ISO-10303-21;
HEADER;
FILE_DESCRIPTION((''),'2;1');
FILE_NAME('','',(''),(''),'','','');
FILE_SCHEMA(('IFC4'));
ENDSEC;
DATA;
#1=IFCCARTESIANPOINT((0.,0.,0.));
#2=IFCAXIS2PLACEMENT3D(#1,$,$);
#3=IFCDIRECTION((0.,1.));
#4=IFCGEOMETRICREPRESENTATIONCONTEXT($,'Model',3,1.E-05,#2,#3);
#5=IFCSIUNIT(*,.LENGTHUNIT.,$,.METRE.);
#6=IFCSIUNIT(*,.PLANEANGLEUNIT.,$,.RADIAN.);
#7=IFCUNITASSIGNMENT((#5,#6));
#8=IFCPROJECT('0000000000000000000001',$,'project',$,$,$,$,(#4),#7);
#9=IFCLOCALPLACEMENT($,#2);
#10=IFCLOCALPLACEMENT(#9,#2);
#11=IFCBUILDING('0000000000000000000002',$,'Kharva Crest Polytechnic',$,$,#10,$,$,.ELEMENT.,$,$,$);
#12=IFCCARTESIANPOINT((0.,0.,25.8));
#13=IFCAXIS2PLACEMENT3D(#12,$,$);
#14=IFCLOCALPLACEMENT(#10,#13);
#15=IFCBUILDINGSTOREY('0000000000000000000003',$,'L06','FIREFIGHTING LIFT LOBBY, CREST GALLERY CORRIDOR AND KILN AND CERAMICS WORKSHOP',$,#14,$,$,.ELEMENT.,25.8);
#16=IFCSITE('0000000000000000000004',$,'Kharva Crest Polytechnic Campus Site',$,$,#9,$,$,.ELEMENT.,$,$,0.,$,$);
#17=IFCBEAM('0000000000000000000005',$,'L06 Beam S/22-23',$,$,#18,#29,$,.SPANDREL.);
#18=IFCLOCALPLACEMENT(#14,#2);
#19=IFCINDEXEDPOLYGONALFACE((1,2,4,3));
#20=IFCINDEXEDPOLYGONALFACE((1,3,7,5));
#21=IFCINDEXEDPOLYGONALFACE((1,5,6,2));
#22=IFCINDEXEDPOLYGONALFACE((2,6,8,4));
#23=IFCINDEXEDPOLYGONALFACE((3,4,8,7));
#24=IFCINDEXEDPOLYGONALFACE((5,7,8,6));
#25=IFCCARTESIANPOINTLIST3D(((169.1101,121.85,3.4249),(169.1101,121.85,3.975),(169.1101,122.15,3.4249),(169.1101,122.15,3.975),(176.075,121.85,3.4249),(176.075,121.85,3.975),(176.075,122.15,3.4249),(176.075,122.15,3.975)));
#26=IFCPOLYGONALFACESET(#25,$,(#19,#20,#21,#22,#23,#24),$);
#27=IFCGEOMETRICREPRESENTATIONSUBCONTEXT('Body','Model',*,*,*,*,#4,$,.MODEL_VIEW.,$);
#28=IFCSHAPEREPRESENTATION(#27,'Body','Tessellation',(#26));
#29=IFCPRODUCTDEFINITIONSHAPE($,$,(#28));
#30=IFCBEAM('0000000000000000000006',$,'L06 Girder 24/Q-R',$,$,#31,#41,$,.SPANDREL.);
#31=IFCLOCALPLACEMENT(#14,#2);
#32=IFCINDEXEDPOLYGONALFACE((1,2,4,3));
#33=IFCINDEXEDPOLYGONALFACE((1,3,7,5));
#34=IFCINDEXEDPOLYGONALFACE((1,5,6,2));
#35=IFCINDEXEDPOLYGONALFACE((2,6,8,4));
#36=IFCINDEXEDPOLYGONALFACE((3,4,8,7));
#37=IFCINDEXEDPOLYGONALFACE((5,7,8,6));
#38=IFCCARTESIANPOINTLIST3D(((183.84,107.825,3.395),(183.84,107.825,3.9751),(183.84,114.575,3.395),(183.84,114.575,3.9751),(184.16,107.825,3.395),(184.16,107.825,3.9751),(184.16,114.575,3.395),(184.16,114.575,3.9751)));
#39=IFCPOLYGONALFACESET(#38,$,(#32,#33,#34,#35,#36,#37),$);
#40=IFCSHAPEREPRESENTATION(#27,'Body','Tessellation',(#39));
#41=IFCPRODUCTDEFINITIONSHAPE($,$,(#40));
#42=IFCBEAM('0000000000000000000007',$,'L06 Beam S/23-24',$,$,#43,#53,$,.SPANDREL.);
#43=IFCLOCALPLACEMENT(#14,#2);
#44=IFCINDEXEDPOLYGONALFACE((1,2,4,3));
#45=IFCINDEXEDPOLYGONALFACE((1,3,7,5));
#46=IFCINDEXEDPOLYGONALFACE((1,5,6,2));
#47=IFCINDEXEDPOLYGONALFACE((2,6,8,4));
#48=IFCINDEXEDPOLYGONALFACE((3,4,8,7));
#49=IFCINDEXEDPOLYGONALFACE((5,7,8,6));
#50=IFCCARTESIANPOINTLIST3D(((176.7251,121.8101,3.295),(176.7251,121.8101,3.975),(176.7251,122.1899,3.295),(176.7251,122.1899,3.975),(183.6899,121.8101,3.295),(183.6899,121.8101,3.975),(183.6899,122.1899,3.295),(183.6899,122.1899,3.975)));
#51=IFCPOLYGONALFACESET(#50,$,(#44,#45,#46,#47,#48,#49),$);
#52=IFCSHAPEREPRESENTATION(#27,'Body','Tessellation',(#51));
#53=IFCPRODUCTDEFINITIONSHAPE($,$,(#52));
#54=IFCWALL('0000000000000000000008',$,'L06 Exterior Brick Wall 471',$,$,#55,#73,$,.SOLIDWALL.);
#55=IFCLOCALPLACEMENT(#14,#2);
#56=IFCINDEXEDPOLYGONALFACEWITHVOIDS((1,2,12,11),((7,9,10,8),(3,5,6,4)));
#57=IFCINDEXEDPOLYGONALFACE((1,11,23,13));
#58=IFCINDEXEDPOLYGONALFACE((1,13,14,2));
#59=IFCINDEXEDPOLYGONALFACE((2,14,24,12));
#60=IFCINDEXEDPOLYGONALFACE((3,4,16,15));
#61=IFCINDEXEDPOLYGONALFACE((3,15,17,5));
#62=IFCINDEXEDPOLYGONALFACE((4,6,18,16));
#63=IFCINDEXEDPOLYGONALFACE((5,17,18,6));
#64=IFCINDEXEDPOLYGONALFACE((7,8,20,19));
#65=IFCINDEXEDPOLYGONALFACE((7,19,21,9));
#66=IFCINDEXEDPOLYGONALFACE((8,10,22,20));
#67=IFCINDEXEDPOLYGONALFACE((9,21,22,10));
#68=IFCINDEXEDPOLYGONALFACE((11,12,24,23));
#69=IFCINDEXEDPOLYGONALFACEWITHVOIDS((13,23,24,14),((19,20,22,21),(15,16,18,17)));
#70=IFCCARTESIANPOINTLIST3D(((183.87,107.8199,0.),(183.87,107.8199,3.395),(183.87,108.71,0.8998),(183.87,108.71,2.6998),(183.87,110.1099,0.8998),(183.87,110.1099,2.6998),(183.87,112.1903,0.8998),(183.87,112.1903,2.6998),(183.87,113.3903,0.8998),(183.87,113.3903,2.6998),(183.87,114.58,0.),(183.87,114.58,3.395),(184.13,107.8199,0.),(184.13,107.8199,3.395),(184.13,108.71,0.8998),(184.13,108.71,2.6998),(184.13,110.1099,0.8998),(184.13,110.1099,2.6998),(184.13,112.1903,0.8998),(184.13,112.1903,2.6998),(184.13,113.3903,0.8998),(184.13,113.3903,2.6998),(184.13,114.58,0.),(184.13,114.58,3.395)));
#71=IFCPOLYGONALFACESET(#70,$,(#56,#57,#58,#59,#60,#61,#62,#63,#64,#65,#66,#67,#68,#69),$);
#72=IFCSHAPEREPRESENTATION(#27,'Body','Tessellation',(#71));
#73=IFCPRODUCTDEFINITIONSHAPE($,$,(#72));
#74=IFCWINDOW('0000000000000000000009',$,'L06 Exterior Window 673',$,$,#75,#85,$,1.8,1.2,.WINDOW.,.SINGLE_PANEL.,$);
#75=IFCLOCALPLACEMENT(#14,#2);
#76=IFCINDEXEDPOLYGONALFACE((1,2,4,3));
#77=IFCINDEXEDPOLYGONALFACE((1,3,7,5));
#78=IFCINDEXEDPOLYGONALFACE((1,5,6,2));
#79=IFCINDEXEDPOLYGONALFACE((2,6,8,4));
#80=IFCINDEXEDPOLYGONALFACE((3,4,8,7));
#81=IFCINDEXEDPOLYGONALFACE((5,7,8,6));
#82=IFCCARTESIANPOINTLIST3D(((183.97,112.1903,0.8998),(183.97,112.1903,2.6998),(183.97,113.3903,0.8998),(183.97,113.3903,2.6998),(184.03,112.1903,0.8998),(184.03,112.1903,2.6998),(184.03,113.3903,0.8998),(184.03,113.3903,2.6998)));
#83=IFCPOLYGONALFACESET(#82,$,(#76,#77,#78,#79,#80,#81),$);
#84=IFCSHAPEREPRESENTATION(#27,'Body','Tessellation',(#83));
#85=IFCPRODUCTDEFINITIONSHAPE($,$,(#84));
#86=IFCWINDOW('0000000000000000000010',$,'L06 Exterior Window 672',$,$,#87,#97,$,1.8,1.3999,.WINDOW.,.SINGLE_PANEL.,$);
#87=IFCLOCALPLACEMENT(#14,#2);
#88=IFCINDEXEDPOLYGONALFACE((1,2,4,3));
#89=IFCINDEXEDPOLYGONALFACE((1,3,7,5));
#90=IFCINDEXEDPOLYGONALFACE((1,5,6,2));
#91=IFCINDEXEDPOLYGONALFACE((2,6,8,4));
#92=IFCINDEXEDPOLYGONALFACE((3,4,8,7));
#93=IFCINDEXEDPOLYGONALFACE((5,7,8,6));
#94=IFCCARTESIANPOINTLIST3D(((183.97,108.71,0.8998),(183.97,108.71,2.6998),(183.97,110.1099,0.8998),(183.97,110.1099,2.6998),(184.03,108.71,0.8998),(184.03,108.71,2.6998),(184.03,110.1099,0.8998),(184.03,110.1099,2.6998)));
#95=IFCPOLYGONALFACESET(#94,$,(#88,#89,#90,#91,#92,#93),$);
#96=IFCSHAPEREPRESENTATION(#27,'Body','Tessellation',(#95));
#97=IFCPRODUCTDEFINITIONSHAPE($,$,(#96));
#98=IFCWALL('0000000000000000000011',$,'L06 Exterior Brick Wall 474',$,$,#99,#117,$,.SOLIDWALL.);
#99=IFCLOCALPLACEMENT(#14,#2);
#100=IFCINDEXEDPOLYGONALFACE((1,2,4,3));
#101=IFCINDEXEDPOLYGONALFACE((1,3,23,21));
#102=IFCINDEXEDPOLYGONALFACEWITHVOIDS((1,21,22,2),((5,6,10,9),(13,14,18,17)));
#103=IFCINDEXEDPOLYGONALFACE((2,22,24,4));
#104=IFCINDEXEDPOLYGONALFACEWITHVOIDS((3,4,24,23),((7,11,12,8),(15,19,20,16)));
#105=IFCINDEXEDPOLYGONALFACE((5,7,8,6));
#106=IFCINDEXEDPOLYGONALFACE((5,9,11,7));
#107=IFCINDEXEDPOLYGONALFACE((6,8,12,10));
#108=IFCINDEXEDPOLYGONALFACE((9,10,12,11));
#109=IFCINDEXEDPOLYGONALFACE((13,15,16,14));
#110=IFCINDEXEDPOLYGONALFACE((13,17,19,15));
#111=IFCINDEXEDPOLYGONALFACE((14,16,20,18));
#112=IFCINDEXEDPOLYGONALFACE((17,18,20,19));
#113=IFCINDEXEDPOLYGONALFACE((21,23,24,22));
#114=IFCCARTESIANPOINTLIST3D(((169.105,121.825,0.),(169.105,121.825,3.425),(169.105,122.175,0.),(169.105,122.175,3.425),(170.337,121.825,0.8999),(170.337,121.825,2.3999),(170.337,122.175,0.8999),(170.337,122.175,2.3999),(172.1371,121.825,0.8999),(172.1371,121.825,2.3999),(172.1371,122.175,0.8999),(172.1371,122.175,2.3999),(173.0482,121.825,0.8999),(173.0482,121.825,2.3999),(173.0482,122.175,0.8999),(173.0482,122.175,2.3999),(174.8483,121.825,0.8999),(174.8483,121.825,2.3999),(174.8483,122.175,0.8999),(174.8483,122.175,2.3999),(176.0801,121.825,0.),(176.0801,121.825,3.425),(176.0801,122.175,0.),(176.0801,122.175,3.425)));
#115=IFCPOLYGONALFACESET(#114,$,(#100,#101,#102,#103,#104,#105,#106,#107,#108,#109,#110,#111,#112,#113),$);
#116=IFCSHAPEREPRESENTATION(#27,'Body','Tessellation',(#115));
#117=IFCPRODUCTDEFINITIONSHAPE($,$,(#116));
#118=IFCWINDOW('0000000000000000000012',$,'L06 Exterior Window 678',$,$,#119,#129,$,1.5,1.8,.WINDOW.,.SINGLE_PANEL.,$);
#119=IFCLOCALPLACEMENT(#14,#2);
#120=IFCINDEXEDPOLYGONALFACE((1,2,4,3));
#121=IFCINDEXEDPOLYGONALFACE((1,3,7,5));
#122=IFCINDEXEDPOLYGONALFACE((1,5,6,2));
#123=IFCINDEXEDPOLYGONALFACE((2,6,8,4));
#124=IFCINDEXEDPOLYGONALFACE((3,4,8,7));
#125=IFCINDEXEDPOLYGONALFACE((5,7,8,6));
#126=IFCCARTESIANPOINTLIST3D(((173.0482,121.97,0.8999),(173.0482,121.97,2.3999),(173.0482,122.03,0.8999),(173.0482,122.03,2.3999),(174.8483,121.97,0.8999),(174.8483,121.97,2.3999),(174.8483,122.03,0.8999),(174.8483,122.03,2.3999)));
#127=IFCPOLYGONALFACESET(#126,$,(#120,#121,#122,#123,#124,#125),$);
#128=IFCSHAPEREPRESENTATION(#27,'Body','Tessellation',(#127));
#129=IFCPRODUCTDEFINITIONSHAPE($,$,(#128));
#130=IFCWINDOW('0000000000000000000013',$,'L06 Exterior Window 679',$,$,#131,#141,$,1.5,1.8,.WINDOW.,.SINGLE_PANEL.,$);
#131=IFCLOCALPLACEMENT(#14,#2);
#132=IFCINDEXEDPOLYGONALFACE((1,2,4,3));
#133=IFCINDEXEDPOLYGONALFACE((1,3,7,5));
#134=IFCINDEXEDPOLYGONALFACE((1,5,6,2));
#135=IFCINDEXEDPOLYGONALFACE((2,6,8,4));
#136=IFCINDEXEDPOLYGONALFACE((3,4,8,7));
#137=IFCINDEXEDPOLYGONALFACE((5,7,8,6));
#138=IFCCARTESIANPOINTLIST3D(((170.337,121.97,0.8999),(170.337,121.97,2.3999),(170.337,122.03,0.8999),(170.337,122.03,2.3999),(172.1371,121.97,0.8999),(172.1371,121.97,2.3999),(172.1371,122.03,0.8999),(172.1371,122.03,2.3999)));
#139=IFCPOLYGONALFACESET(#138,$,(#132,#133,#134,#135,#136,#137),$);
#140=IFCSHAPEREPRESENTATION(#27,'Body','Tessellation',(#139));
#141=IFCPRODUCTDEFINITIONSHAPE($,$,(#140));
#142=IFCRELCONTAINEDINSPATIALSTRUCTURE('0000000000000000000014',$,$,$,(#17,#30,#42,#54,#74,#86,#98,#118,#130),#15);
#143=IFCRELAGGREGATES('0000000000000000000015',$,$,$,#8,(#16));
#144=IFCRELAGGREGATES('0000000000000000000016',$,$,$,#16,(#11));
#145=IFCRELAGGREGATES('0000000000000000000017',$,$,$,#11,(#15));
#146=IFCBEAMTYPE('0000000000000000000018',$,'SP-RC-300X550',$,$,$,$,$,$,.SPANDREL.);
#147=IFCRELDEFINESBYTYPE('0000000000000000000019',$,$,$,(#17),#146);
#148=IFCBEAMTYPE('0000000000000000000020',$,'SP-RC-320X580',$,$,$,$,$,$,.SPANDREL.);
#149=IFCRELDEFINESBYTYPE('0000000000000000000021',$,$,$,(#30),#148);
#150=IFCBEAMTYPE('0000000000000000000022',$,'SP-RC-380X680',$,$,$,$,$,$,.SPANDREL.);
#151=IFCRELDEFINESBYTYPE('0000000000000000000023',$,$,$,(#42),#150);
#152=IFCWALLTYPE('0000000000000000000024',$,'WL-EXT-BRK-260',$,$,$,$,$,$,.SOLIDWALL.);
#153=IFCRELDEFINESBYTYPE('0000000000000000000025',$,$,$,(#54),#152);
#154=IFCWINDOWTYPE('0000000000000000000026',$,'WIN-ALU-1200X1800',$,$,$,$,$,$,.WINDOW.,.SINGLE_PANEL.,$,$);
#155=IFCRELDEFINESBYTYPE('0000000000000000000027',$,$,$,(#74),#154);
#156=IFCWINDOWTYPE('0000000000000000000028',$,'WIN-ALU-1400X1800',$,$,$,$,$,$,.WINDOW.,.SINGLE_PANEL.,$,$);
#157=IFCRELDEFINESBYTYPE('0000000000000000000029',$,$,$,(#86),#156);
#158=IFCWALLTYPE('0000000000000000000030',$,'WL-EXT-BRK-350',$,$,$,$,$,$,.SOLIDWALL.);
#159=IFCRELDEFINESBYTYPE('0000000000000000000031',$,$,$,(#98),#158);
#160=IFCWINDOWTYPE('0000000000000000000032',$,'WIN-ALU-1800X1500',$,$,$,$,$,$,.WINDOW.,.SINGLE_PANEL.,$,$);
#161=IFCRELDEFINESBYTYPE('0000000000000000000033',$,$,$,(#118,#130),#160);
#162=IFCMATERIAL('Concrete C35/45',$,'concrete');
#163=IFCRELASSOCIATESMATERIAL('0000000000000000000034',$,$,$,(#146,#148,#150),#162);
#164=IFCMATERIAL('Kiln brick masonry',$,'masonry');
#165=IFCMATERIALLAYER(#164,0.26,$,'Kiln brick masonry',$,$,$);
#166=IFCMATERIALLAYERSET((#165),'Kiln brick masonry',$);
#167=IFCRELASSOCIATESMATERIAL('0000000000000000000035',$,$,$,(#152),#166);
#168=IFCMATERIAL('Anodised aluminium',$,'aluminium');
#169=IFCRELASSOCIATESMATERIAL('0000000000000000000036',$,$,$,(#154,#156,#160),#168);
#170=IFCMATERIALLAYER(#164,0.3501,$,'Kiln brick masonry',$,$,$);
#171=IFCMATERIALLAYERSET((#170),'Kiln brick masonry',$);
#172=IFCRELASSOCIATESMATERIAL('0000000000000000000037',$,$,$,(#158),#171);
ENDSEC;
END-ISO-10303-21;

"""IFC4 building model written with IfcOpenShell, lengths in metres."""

from ifc_helpers import new_model, si_unit, direction, frame, frame_2d, origin, origin_2d, place, context, subcontext, project, spatial, rectangle, extrude, material, layer, layer_set, material_profile, profile_set, type_object, element, fill, save


model = new_model("IFC4")

# Units and contexts
model_context = context("Model", 3, precision=1e-05, world=origin(), true_north=direction((0.0, 1.0)))
body_context = subcontext(model_context, "Body", "Model", "MODEL_VIEW")
ifc_project = project(units=[si_unit("LENGTHUNIT", "METRE"), si_unit("PLANEANGLEUNIT", "RADIAN")], contexts=[model_context])

# Site, building, storey
site_placement = place(None, origin())
site = spatial("IfcSite", under=ifc_project, at=site_placement, Name="Kharva Crest Polytechnic Campus Site", CompositionType="ELEMENT", RefElevation=0.0)
building_placement = place(site_placement, origin())
building = spatial("IfcBuilding", under=site, at=building_placement, Name="Kharva Crest Polytechnic", CompositionType="ELEMENT")
storey_placement = place(building_placement, frame((0.0, 0.0, 25.8)))
storey = spatial("IfcBuildingStorey", under=building, at=storey_placement, Name="L06", Description="FIREFIGHTING LIFT LOBBY, CREST GALLERY CORRIDOR AND KILN AND CERAMICS WORKSHOP", CompositionType="ELEMENT", Elevation=25.8)

# Beams
ifc_material_1 = material(Name="Concrete C35/45", Category="concrete")
ifc_material_profile_1 = material_profile(ifc_material_1, rectangle(XDim=0.3, YDim=0.55, at=origin_2d()), Name="RECT 300 X 550")
ifc_profile_set_1 = profile_set([ifc_material_profile_1], Name="Concrete C35/45")
beam_type_1 = type_object("IfcBeamType", Name="SP-RC-300X550", PredefinedType="SPANDREL", material=ifc_profile_set_1)
beam_1_placement = place(storey_placement, frame((169.1101, 122.0, 3.7), z_axis=(1.0, 0.0, 0.0), x_axis=(0.0, 1.0, 0.0)))
element("IfcBeam", 1, at=beam_1_placement, inside=storey, type_object=beam_type_1, Name="L06 Beam S/22-23", PredefinedType="SPANDREL", context=body_context, shape_type="SweptSolid", body=[
    extrude(rectangle(XDim=0.3, YDim=0.55, at=origin_2d()), origin(), (0.0, 0.0, 1.0), 6.9648),
])
ifc_material_profile_2 = material_profile(ifc_material_1, rectangle(XDim=0.3201, YDim=0.5801, at=origin_2d()), Name="RECT 320 X 580")
ifc_profile_set_2 = profile_set([ifc_material_profile_2], Name="Concrete C35/45")
beam_type_2 = type_object("IfcBeamType", Name="SP-RC-320X580", PredefinedType="SPANDREL", material=ifc_profile_set_2)
beam_2_placement = place(storey_placement, frame((184.0, 107.825, 3.6851), z_axis=(0.0, 1.0, 0.0), x_axis=(-1.0, 0.0, 0.0)))
element("IfcBeam", 2, at=beam_2_placement, inside=storey, type_object=beam_type_2, Name="L06 Girder 24/Q-R", PredefinedType="SPANDREL", context=body_context, shape_type="SweptSolid", body=[
    extrude(rectangle(XDim=0.3201, YDim=0.5801, at=origin_2d()), origin(), (0.0, 0.0, 1.0), 6.75),
])
ifc_material_profile_3 = material_profile(ifc_material_1, rectangle(XDim=0.3799, YDim=0.6799, at=origin_2d()), Name="RECT 380 X 680")
ifc_profile_set_3 = profile_set([ifc_material_profile_3], Name="Concrete C35/45")
beam_type_3 = type_object("IfcBeamType", Name="SP-RC-380X680", PredefinedType="SPANDREL", material=ifc_profile_set_3)
beam_3_placement = place(storey_placement, frame((176.7251, 122.0, 3.635), z_axis=(1.0, 0.0, 0.0), x_axis=(0.0, 1.0, 0.0)))
element("IfcBeam", 3, at=beam_3_placement, inside=storey, type_object=beam_type_3, Name="L06 Beam S/23-24", PredefinedType="SPANDREL", context=body_context, shape_type="SweptSolid", body=[
    extrude(rectangle(XDim=0.3799, YDim=0.6799, at=origin_2d()), origin(), (0.0, 0.0, 1.0), 6.9648),
])

# Walls, openings, windows
ifc_material_2 = material(Name="Kiln brick masonry", Category="masonry")
ifc_layer_1 = layer(ifc_material_2, 0.26, Name="Kiln brick masonry")
ifc_layer_set_1 = layer_set([ifc_layer_1], Name="Kiln brick masonry")
wall_type_1 = type_object("IfcWallType", Name="WL-EXT-BRK-260", PredefinedType="SOLIDWALL", material=ifc_layer_set_1)
wall_1_placement = place(storey_placement, frame((184.0, 107.8201, 0.0), z_axis=(0.0, 0.0, 1.0), x_axis=(0.0, 1.0, 0.0)))
wall_1 = element("IfcWall", 4, at=wall_1_placement, inside=storey, type_object=wall_type_1, Name="L06 Exterior Brick Wall 471", PredefinedType="SOLIDWALL", context=body_context, shape_type="SweptSolid", body=[
    extrude(rectangle(XDim=6.76, YDim=0.26, at=frame_2d((3.3799, 0.0))), origin(), (0.0, 0.0, 1.0), 3.395),
])
opening_1_placement = place(wall_1_placement, frame((0.8899, 0.0, 0.8999)))
opening_1 = element("IfcOpeningElement", 5, at=opening_1_placement, cuts=wall_1, PredefinedType="OPENING", context=body_context, shape_type="SweptSolid", body=[
    extrude(rectangle(XDim=1.3999, YDim=1.8, at=frame_2d((0.7, 0.8999))), frame((0.0, 0.1399, 0.0), z_axis=(0.0, -1.0, 0.0), x_axis=(1.0, 0.0, 0.0)), (0.0, 0.0, 1.0), 0.28),
])
opening_2_placement = place(wall_1_placement, frame((4.3701, 0.0, 0.8999)))
opening_2 = element("IfcOpeningElement", 6, at=opening_2_placement, cuts=wall_1, PredefinedType="OPENING", context=body_context, shape_type="SweptSolid", body=[
    extrude(rectangle(XDim=1.2, YDim=1.8, at=frame_2d((0.6001, 0.8999))), frame((0.0, 0.1399, 0.0), z_axis=(0.0, -1.0, 0.0), x_axis=(1.0, 0.0, 0.0)), (0.0, 0.0, 1.0), 0.28),
])
ifc_material_3 = material(Name="Anodised aluminium", Category="aluminium")
window_type_1 = type_object("IfcWindowType", Name="WIN-ALU-1200X1800", PartitioningType="SINGLE_PANEL", PredefinedType="WINDOW", material=ifc_material_3)
window_1_placement = place(opening_2_placement, origin())
window_1 = element("IfcWindow", 7, at=window_1_placement, inside=storey, type_object=window_type_1, Name="L06 Exterior Window 673", OverallHeight=1.8, OverallWidth=1.2, PartitioningType="SINGLE_PANEL", PredefinedType="WINDOW", context=body_context, shape_type="SweptSolid", body=[
    extrude(rectangle(XDim=1.2, YDim=1.8, at=frame_2d((0.6001, 0.8999))), frame((0.0, 0.03, 0.0), z_axis=(0.0, -1.0, 0.0), x_axis=(1.0, 0.0, 0.0)), (0.0, 0.0, 1.0), 0.0601),
])
fill(opening_2, window_1)
window_type_2 = type_object("IfcWindowType", Name="WIN-ALU-1400X1800", PartitioningType="SINGLE_PANEL", PredefinedType="WINDOW", material=ifc_material_3)
window_2_placement = place(opening_1_placement, origin())
window_2 = element("IfcWindow", 8, at=window_2_placement, inside=storey, type_object=window_type_2, Name="L06 Exterior Window 672", OverallHeight=1.8, OverallWidth=1.3999, PartitioningType="SINGLE_PANEL", PredefinedType="WINDOW", context=body_context, shape_type="SweptSolid", body=[
    extrude(rectangle(XDim=1.3999, YDim=1.8, at=frame_2d((0.7, 0.8999))), frame((0.0, 0.03, 0.0), z_axis=(0.0, -1.0, 0.0), x_axis=(1.0, 0.0, 0.0)), (0.0, 0.0, 1.0), 0.0601),
])
fill(opening_1, window_2)
ifc_layer_2 = layer(ifc_material_2, 0.3501, Name="Kiln brick masonry")
ifc_layer_set_2 = layer_set([ifc_layer_2], Name="Kiln brick masonry")
wall_type_2 = type_object("IfcWallType", Name="WL-EXT-BRK-350", PredefinedType="SOLIDWALL", material=ifc_layer_set_2)
wall_2_placement = place(storey_placement, frame((176.0801, 122.0, 0.0), z_axis=(0.0, 0.0, 1.0), x_axis=(-1.0, 0.0, 0.0)))
wall_2 = element("IfcWall", 9, at=wall_2_placement, inside=storey, type_object=wall_type_2, Name="L06 Exterior Brick Wall 474", PredefinedType="SOLIDWALL", context=body_context, shape_type="SweptSolid", body=[
    extrude(rectangle(XDim=6.9751, YDim=0.3501, at=frame_2d((3.4875, 0.0))), origin(), (0.0, 0.0, 1.0), 3.425),
])
opening_3_placement = place(wall_2_placement, frame((1.2319, 0.0, 0.8999)))
opening_3 = element("IfcOpeningElement", 10, at=opening_3_placement, cuts=wall_2, PredefinedType="OPENING", context=body_context, shape_type="SweptSolid", body=[
    extrude(rectangle(XDim=1.8, YDim=1.5, at=frame_2d((0.8999, 0.75))), frame((0.0, 0.1851, 0.0), z_axis=(0.0, -1.0, 0.0), x_axis=(1.0, 0.0, 0.0)), (0.0, 0.0, 1.0), 0.3701),
])
opening_4_placement = place(wall_2_placement, frame((3.9431, 0.0, 0.8999)))
opening_4 = element("IfcOpeningElement", 11, at=opening_4_placement, cuts=wall_2, PredefinedType="OPENING", context=body_context, shape_type="SweptSolid", body=[
    extrude(rectangle(XDim=1.8, YDim=1.5, at=frame_2d((0.8999, 0.75))), frame((0.0, 0.1851, 0.0), z_axis=(0.0, -1.0, 0.0), x_axis=(1.0, 0.0, 0.0)), (0.0, 0.0, 1.0), 0.3701),
])
window_type_3 = type_object("IfcWindowType", Name="WIN-ALU-1800X1500", PartitioningType="SINGLE_PANEL", PredefinedType="WINDOW", material=ifc_material_3)
window_3_placement = place(opening_3_placement, origin())
window_3 = element("IfcWindow", 12, at=window_3_placement, inside=storey, type_object=window_type_3, Name="L06 Exterior Window 678", OverallHeight=1.5, OverallWidth=1.8, PartitioningType="SINGLE_PANEL", PredefinedType="WINDOW", context=body_context, shape_type="SweptSolid", body=[
    extrude(rectangle(XDim=1.8, YDim=1.5, at=frame_2d((0.8999, 0.75))), frame((0.0, 0.03, 0.0), z_axis=(0.0, -1.0, 0.0), x_axis=(1.0, 0.0, 0.0)), (0.0, 0.0, 1.0), 0.0601),
])
fill(opening_3, window_3)
window_4_placement = place(opening_4_placement, origin())
window_4 = element("IfcWindow", 13, at=window_4_placement, inside=storey, type_object=window_type_3, Name="L06 Exterior Window 679", OverallHeight=1.5, OverallWidth=1.8, PartitioningType="SINGLE_PANEL", PredefinedType="WINDOW", context=body_context, shape_type="SweptSolid", body=[
    extrude(rectangle(XDim=1.8, YDim=1.5, at=frame_2d((0.8999, 0.75))), frame((0.0, 0.03, 0.0), z_axis=(0.0, -1.0, 0.0), x_axis=(1.0, 0.0, 0.0)), (0.0, 0.0, 1.0), 0.0601),
])
fill(opening_4, window_4)

save(model, "model.ifc")
